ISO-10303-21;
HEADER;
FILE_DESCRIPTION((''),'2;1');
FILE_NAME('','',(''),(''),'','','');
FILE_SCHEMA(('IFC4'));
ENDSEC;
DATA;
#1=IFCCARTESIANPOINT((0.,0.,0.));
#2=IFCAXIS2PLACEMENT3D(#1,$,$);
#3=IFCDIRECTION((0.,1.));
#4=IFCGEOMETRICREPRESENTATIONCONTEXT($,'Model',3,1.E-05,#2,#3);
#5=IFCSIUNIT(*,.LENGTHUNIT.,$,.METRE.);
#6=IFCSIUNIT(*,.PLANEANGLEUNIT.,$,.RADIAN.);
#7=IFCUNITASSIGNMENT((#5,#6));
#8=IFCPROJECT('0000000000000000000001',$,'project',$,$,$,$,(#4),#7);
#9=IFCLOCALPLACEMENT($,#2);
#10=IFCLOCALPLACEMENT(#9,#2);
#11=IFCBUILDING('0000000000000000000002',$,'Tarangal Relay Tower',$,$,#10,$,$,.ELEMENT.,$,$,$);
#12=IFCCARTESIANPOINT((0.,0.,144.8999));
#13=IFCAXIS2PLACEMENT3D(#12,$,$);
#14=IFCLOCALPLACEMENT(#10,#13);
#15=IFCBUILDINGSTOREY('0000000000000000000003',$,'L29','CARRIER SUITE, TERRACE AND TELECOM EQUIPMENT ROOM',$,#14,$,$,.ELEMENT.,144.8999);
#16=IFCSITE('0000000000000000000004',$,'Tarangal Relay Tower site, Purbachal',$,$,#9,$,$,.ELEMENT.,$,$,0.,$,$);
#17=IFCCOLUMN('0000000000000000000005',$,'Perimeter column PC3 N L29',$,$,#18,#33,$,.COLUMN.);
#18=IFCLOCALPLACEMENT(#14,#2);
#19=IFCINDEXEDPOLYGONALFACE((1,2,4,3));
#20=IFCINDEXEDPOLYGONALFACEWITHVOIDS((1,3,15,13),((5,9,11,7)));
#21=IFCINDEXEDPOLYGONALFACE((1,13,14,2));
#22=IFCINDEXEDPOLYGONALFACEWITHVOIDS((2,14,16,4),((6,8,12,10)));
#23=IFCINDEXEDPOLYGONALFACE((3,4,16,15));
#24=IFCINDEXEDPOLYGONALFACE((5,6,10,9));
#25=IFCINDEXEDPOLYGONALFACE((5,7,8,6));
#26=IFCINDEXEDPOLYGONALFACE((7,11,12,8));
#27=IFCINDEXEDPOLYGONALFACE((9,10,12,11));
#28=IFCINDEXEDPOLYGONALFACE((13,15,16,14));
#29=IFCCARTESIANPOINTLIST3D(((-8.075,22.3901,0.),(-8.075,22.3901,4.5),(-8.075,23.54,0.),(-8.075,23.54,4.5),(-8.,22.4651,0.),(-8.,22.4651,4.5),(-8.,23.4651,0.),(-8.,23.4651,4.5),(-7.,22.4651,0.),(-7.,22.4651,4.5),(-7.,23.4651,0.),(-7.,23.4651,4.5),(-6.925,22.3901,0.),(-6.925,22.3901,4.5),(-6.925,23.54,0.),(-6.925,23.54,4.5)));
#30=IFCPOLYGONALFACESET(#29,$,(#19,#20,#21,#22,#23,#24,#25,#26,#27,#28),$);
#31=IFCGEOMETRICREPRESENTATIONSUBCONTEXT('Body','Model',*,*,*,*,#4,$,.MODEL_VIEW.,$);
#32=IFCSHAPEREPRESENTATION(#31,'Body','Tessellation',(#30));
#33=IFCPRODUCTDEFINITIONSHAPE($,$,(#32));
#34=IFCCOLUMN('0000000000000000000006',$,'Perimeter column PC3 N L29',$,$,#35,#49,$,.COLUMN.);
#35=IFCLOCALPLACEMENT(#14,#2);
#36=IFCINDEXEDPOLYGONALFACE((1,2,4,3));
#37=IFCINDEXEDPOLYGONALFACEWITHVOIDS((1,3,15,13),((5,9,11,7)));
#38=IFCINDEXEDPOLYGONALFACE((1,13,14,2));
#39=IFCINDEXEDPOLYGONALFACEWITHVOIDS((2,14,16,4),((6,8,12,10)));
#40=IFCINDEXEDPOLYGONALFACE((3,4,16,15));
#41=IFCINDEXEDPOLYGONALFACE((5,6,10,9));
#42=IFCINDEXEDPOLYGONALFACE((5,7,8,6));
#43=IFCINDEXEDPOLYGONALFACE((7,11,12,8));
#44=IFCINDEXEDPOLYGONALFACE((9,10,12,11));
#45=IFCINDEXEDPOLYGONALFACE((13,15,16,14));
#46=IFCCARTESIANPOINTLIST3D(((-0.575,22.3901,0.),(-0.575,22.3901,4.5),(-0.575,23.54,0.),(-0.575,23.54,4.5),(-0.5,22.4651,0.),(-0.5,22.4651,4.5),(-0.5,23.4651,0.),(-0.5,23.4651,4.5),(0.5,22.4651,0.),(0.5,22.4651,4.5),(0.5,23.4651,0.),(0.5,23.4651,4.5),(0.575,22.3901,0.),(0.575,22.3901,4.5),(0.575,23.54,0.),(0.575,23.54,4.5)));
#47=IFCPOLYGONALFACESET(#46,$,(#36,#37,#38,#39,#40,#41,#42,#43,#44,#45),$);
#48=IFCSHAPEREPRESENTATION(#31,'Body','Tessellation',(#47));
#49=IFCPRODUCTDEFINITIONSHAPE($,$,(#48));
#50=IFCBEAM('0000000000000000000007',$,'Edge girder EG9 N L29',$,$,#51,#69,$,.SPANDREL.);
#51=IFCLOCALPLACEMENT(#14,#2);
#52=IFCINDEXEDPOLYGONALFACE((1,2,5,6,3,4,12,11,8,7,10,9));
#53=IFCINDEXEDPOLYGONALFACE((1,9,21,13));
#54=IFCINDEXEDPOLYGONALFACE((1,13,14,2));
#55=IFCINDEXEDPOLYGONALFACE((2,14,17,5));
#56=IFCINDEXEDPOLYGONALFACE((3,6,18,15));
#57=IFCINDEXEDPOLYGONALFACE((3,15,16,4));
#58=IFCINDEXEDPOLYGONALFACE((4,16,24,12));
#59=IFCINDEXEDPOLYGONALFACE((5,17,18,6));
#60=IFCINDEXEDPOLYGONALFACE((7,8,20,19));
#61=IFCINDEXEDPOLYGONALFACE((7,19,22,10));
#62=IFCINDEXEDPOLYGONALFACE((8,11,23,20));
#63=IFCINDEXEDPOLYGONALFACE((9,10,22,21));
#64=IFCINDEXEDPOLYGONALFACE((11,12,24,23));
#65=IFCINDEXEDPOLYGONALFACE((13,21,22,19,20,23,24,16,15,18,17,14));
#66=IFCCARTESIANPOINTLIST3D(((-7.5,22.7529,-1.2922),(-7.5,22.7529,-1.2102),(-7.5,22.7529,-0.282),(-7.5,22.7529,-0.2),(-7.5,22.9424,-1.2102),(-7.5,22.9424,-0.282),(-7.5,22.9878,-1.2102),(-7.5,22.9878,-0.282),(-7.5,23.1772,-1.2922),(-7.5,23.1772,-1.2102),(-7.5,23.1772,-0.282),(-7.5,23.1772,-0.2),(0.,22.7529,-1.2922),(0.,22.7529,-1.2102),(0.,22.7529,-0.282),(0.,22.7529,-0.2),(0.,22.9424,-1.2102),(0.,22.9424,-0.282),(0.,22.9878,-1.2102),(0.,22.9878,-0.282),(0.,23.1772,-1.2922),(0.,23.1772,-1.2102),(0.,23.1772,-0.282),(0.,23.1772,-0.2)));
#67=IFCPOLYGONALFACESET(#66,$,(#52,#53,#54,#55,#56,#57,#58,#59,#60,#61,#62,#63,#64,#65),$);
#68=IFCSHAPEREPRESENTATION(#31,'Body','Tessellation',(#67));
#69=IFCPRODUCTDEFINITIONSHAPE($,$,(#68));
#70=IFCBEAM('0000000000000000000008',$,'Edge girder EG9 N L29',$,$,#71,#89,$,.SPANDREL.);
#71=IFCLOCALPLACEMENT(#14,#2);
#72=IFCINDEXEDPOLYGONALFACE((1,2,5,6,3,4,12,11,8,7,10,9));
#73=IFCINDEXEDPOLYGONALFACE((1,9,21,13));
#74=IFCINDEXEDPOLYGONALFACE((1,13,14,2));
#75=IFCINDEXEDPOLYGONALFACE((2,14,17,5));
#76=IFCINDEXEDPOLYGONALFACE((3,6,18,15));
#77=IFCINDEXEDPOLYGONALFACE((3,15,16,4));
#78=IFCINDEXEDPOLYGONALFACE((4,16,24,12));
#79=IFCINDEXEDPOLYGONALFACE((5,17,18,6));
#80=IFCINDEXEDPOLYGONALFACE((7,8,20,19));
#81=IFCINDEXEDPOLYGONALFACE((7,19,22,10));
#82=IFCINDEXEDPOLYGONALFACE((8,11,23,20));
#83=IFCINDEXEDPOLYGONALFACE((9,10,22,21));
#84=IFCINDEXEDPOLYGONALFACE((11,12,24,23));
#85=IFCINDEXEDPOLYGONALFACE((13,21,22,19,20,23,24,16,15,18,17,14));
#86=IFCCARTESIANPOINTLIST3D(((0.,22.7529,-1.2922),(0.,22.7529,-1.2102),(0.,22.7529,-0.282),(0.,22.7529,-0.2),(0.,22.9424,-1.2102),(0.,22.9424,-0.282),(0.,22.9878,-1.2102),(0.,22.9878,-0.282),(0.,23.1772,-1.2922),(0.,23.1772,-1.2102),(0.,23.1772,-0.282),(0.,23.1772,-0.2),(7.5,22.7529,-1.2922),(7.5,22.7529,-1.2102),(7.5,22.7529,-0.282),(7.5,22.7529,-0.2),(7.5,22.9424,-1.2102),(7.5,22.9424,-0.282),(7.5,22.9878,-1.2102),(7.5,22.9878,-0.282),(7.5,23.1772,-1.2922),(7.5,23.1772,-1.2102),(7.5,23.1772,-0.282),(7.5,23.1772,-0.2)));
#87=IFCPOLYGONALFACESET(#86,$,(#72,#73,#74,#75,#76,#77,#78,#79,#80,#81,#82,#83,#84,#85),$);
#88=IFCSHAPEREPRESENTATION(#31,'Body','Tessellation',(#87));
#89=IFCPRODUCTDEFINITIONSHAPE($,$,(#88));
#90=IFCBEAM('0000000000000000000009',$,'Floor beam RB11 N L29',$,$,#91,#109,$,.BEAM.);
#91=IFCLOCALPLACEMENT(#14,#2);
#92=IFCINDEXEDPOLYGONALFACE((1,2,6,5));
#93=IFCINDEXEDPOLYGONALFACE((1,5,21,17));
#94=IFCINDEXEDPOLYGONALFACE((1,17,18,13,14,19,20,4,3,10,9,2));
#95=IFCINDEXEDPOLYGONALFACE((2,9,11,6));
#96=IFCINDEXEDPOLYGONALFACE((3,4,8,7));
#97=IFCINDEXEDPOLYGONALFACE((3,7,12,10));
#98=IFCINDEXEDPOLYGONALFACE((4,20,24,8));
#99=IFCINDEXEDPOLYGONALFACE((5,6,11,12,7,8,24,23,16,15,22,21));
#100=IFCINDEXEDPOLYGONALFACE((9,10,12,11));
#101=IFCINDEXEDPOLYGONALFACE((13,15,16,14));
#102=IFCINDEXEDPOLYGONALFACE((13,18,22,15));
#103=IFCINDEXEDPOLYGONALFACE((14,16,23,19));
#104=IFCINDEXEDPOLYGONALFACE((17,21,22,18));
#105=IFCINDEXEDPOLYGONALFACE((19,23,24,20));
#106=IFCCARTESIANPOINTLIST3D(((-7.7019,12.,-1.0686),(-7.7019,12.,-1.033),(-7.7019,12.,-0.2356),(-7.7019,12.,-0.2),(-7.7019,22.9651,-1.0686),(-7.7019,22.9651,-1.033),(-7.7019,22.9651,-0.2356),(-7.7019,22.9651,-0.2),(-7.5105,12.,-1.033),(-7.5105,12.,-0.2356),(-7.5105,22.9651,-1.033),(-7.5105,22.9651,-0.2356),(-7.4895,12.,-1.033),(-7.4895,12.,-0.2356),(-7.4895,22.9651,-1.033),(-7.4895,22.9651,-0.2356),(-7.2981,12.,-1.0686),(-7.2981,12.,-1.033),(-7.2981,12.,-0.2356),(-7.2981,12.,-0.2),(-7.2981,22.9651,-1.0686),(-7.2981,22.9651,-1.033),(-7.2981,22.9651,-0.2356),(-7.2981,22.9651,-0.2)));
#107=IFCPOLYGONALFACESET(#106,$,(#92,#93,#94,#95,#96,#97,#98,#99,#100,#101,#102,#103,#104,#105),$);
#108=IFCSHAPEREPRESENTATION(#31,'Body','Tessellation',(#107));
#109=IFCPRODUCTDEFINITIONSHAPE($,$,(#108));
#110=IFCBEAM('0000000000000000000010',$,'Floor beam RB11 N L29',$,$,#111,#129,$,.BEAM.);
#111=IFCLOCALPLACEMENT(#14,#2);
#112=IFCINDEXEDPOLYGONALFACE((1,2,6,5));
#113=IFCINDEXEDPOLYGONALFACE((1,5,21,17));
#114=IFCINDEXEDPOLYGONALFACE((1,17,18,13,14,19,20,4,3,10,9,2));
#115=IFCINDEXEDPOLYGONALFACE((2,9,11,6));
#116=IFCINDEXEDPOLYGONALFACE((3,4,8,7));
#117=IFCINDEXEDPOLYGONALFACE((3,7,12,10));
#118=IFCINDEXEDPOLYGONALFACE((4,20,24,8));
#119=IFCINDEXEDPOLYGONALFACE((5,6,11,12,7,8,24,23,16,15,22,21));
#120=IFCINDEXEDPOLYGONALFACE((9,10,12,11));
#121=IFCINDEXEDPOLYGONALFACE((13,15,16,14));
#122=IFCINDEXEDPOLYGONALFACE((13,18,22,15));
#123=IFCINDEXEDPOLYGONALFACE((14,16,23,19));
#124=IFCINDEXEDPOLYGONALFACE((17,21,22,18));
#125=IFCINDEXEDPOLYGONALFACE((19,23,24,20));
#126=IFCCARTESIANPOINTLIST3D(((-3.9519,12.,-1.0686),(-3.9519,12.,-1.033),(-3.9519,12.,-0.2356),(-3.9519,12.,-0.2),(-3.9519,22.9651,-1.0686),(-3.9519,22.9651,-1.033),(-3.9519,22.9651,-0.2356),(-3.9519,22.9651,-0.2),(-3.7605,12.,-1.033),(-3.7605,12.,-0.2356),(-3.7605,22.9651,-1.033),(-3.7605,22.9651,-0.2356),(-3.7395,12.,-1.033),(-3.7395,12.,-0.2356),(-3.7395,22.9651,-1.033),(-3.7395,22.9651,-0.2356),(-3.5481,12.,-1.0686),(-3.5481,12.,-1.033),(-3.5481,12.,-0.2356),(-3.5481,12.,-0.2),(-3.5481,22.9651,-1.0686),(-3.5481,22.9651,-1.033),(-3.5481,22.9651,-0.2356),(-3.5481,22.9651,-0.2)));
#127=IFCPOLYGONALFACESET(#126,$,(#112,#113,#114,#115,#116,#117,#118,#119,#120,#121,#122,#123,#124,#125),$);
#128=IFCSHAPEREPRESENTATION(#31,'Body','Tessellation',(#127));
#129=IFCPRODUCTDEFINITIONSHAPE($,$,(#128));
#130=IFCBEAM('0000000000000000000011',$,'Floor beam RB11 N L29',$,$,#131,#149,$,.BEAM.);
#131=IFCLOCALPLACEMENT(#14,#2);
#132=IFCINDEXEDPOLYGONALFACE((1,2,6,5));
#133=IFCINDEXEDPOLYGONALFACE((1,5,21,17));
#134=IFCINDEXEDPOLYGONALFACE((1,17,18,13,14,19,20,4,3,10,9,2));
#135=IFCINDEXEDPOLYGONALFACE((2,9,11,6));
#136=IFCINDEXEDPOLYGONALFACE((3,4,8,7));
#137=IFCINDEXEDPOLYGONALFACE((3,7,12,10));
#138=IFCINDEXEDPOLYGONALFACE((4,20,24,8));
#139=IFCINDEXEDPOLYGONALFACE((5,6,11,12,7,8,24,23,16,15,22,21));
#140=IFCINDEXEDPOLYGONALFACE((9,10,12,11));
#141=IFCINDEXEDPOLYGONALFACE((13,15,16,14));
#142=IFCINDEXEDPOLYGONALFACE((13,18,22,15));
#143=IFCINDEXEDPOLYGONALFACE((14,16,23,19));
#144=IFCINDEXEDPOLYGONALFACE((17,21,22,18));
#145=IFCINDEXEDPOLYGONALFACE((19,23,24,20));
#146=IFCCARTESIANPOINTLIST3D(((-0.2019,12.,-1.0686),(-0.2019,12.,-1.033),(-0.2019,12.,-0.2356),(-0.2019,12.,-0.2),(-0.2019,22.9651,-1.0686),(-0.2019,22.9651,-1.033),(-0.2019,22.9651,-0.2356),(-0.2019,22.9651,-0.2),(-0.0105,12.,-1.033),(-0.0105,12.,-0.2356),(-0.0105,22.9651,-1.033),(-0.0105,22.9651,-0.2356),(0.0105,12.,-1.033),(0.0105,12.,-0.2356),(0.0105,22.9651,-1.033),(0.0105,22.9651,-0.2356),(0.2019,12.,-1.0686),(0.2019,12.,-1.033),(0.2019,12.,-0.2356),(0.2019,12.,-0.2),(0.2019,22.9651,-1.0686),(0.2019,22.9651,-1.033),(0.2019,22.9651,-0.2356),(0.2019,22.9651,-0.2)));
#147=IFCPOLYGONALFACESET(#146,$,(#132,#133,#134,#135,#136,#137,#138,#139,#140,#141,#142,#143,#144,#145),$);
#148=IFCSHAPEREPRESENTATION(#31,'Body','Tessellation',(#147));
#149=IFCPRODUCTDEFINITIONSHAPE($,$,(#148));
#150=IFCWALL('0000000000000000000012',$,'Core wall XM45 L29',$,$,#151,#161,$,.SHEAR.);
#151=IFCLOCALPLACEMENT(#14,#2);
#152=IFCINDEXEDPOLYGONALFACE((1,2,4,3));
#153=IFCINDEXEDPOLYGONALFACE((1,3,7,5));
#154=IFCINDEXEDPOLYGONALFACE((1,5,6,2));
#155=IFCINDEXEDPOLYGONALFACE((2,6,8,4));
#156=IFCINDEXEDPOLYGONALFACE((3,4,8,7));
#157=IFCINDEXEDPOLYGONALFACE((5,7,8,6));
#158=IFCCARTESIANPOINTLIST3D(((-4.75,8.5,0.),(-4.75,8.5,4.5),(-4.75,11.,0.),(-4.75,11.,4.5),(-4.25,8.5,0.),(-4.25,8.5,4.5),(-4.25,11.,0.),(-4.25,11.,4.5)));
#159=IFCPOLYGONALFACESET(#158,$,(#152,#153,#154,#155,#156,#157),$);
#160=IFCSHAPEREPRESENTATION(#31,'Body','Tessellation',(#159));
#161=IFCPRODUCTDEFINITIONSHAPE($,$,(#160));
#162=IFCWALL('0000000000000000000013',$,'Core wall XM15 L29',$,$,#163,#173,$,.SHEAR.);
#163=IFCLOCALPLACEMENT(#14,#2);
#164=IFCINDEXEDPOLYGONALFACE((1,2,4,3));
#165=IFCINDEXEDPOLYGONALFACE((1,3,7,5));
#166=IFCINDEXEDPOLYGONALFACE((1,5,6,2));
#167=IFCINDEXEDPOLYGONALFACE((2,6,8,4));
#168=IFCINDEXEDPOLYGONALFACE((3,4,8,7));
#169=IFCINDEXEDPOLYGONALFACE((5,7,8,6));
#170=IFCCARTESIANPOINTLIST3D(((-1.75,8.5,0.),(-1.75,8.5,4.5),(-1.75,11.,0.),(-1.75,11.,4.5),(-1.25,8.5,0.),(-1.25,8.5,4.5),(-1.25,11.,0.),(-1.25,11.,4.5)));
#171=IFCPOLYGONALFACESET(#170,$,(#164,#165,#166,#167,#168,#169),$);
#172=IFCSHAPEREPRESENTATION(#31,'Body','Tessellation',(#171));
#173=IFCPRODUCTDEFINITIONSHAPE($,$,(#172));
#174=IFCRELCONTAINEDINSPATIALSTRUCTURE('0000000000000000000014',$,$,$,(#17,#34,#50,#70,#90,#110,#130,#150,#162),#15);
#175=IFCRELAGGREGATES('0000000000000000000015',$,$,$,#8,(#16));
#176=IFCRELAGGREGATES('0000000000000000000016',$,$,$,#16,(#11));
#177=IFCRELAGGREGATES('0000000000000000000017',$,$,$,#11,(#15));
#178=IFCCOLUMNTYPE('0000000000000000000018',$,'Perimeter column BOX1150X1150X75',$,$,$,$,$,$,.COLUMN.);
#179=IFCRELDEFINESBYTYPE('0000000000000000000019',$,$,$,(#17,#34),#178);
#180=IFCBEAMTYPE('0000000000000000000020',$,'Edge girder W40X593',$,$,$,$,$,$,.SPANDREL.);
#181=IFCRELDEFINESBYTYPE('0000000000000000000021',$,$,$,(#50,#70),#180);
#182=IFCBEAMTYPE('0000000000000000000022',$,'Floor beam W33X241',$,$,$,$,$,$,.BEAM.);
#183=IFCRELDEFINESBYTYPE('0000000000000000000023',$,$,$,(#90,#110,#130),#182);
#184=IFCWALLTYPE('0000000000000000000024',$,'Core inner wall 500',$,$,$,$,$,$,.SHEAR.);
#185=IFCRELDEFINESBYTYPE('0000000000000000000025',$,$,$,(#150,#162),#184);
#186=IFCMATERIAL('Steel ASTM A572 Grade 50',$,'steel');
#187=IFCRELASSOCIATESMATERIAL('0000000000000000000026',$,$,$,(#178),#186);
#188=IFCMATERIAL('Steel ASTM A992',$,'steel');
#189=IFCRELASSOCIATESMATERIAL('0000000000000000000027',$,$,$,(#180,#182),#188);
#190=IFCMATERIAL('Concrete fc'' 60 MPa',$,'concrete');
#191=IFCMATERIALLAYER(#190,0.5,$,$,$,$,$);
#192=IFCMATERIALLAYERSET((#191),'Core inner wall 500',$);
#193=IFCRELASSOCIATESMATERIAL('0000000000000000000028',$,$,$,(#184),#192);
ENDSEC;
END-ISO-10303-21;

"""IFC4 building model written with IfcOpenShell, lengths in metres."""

from ifc_helpers import new_model, si_unit, direction, frame, frame_2d, origin, origin_2d, place, context, subcontext, project, spatial, rectangle, hollow_rectangle, i_section, extrude, material, layer, layer_set, material_profile, profile_set, type_object, element, save


model = new_model("IFC4")

# Units and contexts
model_context = context("Model", 3, precision=1e-05, world=origin(), true_north=direction((0.0, 1.0)))
body_context = subcontext(model_context, "Body", "Model", "MODEL_VIEW")
ifc_project = project(units=[si_unit("LENGTHUNIT", "METRE"), si_unit("PLANEANGLEUNIT", "RADIAN")], contexts=[model_context])

# Site, building, storey
site_placement = place(None, origin())
site = spatial("IfcSite", under=ifc_project, at=site_placement, Name="Tarangal Relay Tower site, Purbachal", CompositionType="ELEMENT", RefElevation=0.0)
building_placement = place(site_placement, origin())
building = spatial("IfcBuilding", under=site, at=building_placement, Name="Tarangal Relay Tower", CompositionType="ELEMENT")
storey_placement = place(building_placement, frame((0.0, 0.0, 144.8999)))
storey = spatial("IfcBuildingStorey", under=building, at=storey_placement, Name="L29", Description="CARRIER SUITE, TERRACE AND TELECOM EQUIPMENT ROOM", CompositionType="ELEMENT", Elevation=144.8999)

# Columns
ifc_material_1 = material(Name="Steel ASTM A572 Grade 50", Category="steel")
ifc_material_profile_1 = material_profile(ifc_material_1, hollow_rectangle(XDim=1.1499, YDim=1.1499, WallThickness=0.075, at=origin_2d()), Name="BOX1150X1150X75")
ifc_profile_set_1 = profile_set([ifc_material_profile_1], Name="Steel ASTM A572 Grade 50")
column_type = type_object("IfcColumnType", Name="Perimeter column BOX1150X1150X75", PredefinedType="COLUMN", material=ifc_profile_set_1)
for number, where, z_axis, x_axis, name in (
    (1, (-7.5, 22.9651, 0.0), (0.0, 0.0, 1.0), (1.0, 0.0, 0.0), "Perimeter column PC3 N L29"),
    (2, (0.0, 22.9651, 0.0), (0.0, 0.0, 1.0), (1.0, 0.0, 0.0), "Perimeter column PC3 N L29"),
):
    element("IfcColumn", number, at=place(storey_placement, frame(where, z_axis=z_axis, x_axis=x_axis)), inside=storey, type_object=column_type, Name=name, PredefinedType="COLUMN", context=body_context, shape_type="SweptSolid", body=[
        extrude(hollow_rectangle(XDim=1.1499, YDim=1.1499, WallThickness=0.075, at=origin_2d()), origin(), (0.0, 0.0, 1.0), 4.5),
    ])

# Beams
ifc_material_2 = material(Name="Steel ASTM A992", Category="steel")
ifc_material_profile_2 = material_profile(ifc_material_2, i_section(OverallWidth=0.4243, OverallDepth=1.0923, WebThickness=0.0454, FlangeThickness=0.082, at=origin_2d()), Name="W40X593")
ifc_profile_set_2 = profile_set([ifc_material_profile_2], Name="Steel ASTM A992")
beam_type_1 = type_object("IfcBeamType", Name="Edge girder W40X593", PredefinedType="SPANDREL", material=ifc_profile_set_2)
for number, where, z_axis, x_axis, name in (
    (3, (-7.5, 22.9651, -0.7461), (1.0, 0.0, 0.0), (0.0, 1.0, 0.0), "Edge girder EG9 N L29"),
    (4, (0.0, 22.9651, -0.7461), (1.0, 0.0, 0.0), (0.0, 1.0, 0.0), "Edge girder EG9 N L29"),
):
    element("IfcBeam", number, at=place(storey_placement, frame(where, z_axis=z_axis, x_axis=x_axis)), inside=storey, type_object=beam_type_1, Name=name, PredefinedType="SPANDREL", context=body_context, shape_type="SweptSolid", body=[
        extrude(i_section(OverallWidth=0.4243, OverallDepth=1.0923, WebThickness=0.0454, FlangeThickness=0.082, at=origin_2d()), origin(), (0.0, 0.0, 1.0), 7.5),
    ])
ifc_material_profile_3 = material_profile(ifc_material_2, i_section(OverallWidth=0.4038, OverallDepth=0.8687, WebThickness=0.021, FlangeThickness=0.0356, at=origin_2d()), Name="W33X241")
ifc_profile_set_3 = profile_set([ifc_material_profile_3], Name="Steel ASTM A992")
beam_type_2 = type_object("IfcBeamType", Name="Floor beam W33X241", PredefinedType="BEAM", material=ifc_profile_set_3)
for number, where, z_axis, x_axis, name in (
    (5, (-7.5, 12.0, -0.6343), (0.0, 1.0, 0.0), (-1.0, 0.0, 0.0), "Floor beam RB11 N L29"),
    (6, (-3.75, 12.0, -0.6343), (0.0, 1.0, 0.0), (-1.0, 0.0, 0.0), "Floor beam RB11 N L29"),
    (7, (0.0, 12.0, -0.6343), (0.0, 1.0, 0.0), (-1.0, 0.0, 0.0), "Floor beam RB11 N L29"),
):
    element("IfcBeam", number, at=place(storey_placement, frame(where, z_axis=z_axis, x_axis=x_axis)), inside=storey, type_object=beam_type_2, Name=name, PredefinedType="BEAM", context=body_context, shape_type="SweptSolid", body=[
        extrude(i_section(OverallWidth=0.4038, OverallDepth=0.8687, WebThickness=0.021, FlangeThickness=0.0356, at=origin_2d()), origin(), (0.0, 0.0, 1.0), 10.9651),
    ])

# Shared definitions
ifc_material_3 = material(Name="Concrete fc' 60 MPa", Category="concrete")
ifc_layer = layer(ifc_material_3, 0.5)
ifc_layer_set = layer_set([ifc_layer], Name="Core inner wall 500")
wall_type = type_object("IfcWallType", Name="Core inner wall 500", PredefinedType="SHEAR", material=ifc_layer_set)

# Walls
for number, where, z_axis, x_axis, name in (
    (8, (-4.5, 8.5, 0.0), (0.0, 0.0, 1.0), (0.0, 1.0, 0.0), "Core wall XM45 L29"),
    (9, (-1.5, 8.5, 0.0), (0.0, 0.0, 1.0), (0.0, 1.0, 0.0), "Core wall XM15 L29"),
):
    element("IfcWall", number, at=place(storey_placement, frame(where, z_axis=z_axis, x_axis=x_axis)), inside=storey, type_object=wall_type, Name=name, PredefinedType="SHEAR", context=body_context, shape_type="SweptSolid", body=[
        extrude(rectangle(XDim=2.5, YDim=0.5, at=frame_2d((1.25, 0.0))), origin(), (0.0, 0.0, 1.0), 4.5),
    ])

save(model, "model.ifc")
